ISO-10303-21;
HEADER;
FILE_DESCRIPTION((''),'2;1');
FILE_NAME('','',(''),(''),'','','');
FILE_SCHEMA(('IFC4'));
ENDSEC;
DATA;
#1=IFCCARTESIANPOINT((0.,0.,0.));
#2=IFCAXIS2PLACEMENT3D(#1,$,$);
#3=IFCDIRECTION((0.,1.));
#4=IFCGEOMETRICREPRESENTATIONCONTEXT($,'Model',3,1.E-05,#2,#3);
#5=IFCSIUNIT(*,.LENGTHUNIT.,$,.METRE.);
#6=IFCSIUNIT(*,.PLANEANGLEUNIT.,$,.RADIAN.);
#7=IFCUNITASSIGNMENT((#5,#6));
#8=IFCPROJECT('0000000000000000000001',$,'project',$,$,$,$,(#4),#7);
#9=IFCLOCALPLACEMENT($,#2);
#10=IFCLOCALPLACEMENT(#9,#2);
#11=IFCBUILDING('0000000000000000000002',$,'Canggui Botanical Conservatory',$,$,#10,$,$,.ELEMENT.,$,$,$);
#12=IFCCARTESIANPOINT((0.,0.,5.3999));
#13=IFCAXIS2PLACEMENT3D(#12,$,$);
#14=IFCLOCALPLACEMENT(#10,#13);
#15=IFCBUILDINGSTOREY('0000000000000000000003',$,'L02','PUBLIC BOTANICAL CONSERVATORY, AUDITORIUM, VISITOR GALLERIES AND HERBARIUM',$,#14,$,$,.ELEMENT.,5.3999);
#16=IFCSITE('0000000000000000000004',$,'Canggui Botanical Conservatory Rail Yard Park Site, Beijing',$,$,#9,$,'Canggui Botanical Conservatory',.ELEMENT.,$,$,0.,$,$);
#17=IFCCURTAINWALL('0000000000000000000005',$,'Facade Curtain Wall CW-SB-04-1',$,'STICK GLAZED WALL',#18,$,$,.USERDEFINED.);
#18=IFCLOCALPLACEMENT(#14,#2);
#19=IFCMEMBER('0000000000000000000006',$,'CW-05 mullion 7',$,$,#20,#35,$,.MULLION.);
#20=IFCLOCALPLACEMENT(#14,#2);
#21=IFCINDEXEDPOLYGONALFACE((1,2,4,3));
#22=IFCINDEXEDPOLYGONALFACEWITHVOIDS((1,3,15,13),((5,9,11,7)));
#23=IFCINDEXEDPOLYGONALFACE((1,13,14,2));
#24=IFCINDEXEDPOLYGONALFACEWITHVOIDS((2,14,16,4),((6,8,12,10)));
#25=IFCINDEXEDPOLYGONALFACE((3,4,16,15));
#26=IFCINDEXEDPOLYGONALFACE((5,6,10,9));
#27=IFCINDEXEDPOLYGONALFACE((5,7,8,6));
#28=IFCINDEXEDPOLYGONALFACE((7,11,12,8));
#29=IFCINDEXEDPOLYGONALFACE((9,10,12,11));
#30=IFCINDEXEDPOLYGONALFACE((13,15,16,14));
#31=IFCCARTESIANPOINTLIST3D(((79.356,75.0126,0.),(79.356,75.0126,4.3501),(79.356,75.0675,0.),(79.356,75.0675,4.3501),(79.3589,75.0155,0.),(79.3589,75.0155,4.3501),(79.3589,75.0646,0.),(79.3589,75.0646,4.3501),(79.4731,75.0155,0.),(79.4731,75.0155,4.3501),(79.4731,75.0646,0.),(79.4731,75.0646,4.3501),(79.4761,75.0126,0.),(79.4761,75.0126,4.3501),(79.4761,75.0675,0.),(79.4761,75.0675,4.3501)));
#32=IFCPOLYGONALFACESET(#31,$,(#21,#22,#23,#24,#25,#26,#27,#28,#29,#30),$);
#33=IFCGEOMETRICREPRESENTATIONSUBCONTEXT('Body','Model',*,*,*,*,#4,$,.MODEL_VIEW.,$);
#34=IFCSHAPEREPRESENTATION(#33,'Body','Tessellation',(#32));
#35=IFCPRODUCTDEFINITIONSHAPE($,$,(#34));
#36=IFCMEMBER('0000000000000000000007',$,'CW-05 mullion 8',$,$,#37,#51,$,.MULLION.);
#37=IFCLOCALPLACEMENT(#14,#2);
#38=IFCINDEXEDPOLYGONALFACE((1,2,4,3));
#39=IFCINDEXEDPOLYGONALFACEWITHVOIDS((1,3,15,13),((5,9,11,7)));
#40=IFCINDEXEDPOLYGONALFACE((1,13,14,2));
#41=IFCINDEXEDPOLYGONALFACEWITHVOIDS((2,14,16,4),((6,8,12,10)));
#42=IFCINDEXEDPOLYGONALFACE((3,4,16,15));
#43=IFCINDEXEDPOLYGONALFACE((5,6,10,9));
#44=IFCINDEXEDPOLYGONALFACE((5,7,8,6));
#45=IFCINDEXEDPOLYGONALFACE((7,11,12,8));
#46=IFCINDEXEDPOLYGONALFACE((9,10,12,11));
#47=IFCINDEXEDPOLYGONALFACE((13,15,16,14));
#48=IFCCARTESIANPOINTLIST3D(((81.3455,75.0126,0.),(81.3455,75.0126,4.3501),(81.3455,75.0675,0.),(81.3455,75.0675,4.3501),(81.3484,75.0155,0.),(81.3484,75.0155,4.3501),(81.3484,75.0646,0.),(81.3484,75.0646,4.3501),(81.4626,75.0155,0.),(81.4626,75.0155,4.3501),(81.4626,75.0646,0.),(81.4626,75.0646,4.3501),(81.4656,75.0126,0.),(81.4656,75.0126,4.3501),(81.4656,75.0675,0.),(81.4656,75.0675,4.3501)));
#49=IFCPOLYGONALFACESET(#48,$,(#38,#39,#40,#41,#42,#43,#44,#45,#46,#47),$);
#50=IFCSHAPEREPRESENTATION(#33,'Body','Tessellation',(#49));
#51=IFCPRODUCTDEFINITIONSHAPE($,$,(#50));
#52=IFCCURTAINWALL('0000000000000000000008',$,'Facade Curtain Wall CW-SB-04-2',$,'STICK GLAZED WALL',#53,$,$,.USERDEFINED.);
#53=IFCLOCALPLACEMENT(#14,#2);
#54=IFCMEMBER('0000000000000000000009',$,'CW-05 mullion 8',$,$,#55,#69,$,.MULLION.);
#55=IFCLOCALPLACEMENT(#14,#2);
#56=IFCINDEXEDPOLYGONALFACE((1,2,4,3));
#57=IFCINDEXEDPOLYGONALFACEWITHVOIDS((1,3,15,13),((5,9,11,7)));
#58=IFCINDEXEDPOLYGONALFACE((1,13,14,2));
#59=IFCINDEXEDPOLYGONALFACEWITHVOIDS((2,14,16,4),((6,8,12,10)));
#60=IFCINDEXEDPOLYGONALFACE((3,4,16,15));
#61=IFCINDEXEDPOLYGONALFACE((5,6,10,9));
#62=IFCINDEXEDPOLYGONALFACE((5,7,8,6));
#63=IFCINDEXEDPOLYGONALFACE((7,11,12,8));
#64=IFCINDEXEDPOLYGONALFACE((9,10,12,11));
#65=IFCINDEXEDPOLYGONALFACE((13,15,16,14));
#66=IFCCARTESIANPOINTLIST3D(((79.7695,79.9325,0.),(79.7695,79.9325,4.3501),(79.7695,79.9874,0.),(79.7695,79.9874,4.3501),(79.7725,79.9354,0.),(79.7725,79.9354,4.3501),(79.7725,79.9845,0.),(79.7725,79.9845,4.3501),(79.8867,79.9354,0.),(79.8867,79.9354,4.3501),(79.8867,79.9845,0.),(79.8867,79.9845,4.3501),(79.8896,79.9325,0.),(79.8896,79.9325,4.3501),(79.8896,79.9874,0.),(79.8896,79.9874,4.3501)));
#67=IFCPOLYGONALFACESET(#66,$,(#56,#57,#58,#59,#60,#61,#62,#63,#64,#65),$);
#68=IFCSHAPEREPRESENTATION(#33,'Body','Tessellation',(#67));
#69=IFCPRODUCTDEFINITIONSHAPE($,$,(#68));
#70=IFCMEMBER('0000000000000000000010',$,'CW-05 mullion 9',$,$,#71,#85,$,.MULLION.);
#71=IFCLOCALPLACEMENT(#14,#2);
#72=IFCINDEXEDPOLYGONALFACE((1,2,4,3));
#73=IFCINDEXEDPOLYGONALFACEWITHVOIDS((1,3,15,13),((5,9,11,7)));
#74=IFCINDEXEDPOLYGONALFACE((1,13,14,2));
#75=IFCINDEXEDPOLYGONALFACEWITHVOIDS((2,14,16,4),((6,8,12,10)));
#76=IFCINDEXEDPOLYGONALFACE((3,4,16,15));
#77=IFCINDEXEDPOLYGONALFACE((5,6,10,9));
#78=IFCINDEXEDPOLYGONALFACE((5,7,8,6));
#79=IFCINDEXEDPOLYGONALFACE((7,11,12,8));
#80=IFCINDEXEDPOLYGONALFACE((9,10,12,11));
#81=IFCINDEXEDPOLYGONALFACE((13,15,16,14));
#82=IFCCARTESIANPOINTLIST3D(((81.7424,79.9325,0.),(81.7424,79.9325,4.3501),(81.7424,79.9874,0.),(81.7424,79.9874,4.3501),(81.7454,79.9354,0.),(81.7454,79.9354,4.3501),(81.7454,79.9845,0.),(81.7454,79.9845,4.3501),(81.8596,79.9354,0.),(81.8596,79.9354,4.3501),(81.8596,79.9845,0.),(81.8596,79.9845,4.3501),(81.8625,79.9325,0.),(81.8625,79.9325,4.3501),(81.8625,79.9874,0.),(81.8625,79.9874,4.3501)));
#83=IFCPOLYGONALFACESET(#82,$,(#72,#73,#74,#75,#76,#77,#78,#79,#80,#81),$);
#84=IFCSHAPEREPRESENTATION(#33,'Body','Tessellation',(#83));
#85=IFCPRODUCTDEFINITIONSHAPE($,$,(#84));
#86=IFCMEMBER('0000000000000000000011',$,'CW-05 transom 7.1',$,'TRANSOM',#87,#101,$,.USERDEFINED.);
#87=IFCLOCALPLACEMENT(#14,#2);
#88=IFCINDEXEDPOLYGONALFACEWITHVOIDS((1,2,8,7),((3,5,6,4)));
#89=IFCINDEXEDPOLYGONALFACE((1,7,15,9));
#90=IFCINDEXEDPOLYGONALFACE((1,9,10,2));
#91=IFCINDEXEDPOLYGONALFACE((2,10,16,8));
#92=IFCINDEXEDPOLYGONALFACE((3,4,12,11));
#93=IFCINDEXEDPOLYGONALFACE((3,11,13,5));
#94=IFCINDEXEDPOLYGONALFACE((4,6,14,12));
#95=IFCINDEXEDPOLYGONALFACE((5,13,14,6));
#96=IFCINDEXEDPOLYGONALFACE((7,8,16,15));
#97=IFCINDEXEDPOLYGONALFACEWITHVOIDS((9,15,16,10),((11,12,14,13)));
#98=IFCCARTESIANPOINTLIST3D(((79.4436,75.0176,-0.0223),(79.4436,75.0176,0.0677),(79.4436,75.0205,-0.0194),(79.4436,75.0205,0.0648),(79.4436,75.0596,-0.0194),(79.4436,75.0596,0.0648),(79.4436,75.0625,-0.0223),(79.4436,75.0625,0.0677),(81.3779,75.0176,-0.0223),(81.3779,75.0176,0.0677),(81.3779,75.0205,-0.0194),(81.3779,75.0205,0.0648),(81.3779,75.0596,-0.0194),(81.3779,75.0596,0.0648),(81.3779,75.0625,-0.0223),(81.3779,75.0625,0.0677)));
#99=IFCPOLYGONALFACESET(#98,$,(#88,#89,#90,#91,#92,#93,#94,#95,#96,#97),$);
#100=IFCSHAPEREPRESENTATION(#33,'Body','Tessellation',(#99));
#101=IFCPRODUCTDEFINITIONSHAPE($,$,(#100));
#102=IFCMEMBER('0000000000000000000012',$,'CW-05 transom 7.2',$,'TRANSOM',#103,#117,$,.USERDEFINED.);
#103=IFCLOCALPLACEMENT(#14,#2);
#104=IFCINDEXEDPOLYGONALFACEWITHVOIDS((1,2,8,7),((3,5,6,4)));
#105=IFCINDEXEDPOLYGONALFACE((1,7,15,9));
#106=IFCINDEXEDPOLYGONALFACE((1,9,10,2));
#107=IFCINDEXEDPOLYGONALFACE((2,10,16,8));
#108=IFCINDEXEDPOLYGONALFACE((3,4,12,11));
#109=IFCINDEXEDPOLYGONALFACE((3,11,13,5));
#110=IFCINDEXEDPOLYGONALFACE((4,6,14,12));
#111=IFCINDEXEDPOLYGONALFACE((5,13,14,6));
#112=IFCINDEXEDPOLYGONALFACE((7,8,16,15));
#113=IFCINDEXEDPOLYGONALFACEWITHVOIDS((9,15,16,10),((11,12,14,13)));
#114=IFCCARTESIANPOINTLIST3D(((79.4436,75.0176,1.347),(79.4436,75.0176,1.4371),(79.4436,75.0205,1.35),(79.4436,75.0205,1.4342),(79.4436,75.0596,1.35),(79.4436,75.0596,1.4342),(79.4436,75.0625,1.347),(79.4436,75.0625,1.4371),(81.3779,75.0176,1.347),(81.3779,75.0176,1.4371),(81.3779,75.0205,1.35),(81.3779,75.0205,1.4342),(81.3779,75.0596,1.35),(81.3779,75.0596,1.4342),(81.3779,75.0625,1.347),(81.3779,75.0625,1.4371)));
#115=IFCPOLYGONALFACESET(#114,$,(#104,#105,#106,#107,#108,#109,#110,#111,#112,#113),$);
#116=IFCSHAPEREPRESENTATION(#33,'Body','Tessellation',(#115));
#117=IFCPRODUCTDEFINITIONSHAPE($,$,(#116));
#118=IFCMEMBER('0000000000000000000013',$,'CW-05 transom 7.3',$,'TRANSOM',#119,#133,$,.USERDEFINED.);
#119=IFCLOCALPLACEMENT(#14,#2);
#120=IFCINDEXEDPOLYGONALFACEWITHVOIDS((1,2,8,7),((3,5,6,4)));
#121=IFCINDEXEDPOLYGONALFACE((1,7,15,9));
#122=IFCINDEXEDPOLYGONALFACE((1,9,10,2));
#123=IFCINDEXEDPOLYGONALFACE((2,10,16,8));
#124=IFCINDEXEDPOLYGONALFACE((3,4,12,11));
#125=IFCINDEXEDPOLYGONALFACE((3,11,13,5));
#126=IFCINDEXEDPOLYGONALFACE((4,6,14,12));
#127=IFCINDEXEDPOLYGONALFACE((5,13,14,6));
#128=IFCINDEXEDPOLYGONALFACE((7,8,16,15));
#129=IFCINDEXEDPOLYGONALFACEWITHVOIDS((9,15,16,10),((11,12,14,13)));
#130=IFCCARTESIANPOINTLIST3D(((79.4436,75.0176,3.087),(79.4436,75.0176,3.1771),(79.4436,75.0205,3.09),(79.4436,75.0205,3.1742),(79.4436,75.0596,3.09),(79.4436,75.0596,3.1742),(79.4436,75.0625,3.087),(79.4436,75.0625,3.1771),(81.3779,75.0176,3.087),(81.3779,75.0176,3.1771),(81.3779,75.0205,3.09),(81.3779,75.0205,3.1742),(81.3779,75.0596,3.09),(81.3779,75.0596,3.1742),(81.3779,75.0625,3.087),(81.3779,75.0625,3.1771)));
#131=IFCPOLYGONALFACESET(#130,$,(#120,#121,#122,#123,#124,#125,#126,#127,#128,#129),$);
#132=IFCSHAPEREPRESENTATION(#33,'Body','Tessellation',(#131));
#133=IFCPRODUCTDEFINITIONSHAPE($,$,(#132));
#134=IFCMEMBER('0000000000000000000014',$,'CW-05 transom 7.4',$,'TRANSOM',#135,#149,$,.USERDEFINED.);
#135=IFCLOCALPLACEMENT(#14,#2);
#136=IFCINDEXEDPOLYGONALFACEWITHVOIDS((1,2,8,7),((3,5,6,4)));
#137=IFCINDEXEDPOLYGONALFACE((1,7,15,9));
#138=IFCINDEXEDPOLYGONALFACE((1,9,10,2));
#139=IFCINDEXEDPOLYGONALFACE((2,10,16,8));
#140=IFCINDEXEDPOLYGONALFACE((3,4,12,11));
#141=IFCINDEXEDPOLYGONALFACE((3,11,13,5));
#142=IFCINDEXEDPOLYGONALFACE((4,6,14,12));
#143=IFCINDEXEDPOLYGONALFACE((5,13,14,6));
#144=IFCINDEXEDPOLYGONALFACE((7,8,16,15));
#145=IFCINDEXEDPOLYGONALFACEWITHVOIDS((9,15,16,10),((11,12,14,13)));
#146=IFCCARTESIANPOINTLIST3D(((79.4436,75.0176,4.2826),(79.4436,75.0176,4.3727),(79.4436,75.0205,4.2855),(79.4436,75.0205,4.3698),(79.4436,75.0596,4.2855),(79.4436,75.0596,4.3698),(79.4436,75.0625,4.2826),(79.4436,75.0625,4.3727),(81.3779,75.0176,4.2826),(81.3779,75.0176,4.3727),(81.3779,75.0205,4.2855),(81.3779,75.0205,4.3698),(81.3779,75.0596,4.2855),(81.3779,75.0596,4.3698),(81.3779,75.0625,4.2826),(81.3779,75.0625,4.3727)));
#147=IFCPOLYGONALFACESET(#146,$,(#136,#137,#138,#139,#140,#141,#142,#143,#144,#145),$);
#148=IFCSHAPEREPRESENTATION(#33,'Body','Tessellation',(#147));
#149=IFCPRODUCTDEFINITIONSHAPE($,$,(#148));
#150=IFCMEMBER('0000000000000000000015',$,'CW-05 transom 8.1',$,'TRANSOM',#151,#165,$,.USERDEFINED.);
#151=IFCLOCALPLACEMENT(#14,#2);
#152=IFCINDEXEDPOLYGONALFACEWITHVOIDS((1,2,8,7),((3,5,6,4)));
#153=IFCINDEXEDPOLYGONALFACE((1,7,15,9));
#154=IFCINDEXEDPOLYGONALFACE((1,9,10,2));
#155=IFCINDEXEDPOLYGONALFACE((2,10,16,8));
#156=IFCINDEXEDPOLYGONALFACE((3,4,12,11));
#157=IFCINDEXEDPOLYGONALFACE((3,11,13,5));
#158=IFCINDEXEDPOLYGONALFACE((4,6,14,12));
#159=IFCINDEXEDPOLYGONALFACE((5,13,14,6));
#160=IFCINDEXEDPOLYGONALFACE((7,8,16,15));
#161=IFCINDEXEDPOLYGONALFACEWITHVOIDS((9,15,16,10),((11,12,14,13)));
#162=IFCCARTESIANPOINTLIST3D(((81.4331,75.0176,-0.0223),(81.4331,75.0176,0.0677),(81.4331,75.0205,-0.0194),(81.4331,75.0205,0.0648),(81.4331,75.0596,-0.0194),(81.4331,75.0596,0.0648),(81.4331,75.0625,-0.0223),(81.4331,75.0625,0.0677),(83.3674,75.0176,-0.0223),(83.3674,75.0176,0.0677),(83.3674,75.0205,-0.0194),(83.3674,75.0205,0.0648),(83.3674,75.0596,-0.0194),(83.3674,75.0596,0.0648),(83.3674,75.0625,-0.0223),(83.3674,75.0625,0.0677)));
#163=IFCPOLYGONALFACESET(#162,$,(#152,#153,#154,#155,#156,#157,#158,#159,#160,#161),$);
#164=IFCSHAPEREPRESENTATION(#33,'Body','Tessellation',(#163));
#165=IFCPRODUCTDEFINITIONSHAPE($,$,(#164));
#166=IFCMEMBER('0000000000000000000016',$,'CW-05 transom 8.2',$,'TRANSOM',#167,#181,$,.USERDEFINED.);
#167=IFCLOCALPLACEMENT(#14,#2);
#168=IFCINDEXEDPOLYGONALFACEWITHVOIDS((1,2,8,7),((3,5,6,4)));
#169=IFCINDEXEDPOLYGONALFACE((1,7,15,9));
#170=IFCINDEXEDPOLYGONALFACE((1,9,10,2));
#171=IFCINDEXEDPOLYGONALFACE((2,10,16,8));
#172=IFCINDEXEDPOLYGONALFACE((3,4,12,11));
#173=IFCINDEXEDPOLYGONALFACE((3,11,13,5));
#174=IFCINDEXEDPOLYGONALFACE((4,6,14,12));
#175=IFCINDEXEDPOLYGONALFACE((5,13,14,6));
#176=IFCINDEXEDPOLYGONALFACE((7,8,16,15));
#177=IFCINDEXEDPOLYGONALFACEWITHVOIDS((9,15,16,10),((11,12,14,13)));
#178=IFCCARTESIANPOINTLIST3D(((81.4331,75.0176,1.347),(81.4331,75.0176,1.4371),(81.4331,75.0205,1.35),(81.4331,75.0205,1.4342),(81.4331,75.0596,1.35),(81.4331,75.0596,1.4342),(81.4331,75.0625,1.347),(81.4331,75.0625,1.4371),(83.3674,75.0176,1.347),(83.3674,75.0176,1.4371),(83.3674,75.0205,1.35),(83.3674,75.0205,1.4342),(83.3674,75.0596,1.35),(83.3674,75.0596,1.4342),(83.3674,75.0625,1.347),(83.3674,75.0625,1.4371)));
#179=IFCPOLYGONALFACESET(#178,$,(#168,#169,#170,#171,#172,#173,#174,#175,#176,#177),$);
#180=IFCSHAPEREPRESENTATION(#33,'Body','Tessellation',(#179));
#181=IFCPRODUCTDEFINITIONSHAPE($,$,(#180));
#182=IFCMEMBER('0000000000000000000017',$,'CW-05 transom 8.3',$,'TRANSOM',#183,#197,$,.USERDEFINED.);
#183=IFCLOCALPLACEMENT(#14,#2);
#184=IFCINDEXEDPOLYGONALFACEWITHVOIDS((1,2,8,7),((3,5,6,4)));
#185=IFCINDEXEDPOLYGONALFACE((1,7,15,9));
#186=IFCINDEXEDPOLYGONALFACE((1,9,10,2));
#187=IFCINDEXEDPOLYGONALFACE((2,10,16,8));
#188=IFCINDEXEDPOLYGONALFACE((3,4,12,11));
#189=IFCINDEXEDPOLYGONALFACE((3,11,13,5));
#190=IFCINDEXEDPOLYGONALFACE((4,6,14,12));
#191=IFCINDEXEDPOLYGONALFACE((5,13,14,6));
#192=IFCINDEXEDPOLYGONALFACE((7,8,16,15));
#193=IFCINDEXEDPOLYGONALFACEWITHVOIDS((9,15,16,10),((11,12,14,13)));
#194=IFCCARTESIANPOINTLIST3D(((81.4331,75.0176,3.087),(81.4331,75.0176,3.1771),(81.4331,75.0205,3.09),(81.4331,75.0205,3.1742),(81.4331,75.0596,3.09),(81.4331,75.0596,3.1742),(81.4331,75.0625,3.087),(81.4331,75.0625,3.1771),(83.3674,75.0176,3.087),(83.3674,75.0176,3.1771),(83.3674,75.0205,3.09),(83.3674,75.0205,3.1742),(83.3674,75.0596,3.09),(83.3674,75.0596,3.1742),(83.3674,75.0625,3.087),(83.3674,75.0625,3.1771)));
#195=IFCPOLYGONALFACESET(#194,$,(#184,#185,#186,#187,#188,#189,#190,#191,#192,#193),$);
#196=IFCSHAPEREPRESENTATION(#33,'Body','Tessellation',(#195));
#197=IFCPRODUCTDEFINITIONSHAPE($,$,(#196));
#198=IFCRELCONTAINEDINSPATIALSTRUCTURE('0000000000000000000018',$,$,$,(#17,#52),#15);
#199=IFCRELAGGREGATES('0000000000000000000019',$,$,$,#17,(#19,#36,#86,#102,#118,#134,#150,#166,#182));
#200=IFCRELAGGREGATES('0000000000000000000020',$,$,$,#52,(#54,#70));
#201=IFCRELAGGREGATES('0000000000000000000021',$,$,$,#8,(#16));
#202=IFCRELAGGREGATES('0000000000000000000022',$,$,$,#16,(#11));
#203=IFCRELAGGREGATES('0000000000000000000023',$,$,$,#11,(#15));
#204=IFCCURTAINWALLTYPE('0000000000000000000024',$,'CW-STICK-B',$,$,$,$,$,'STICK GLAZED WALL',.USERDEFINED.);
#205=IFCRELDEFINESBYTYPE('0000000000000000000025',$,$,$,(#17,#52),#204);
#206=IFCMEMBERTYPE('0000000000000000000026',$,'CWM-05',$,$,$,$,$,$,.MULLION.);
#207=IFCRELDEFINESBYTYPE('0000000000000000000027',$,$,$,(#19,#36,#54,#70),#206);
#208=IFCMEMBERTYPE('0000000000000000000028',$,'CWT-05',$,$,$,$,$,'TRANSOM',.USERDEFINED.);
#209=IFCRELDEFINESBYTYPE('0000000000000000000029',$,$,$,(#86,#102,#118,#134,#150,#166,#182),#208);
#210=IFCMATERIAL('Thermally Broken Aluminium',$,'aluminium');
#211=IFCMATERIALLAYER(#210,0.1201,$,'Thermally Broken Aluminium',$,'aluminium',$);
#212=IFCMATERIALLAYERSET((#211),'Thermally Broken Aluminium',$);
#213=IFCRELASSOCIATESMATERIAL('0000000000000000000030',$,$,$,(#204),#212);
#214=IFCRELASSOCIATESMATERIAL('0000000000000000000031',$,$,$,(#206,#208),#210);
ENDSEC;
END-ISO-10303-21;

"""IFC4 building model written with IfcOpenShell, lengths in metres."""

from ifc_helpers import new_model, si_unit, direction, frame, origin, origin_2d, place, context, subcontext, project, spatial, hollow_rectangle, extrude, material, layer, layer_set, material_profile, profile_set, type_object, element, aggregate, save


model = new_model("IFC4")

# Units and contexts
model_context = context("Model", 3, precision=1e-05, world=origin(), true_north=direction((0.0, 1.0)))
body_context = subcontext(model_context, "Body", "Model", "MODEL_VIEW")
ifc_project = project(units=[si_unit("LENGTHUNIT", "METRE"), si_unit("PLANEANGLEUNIT", "RADIAN")], contexts=[model_context])

# Site, building, storey
site_placement = place(None, origin())
site = spatial("IfcSite", under=ifc_project, at=site_placement, Name="Canggui Botanical Conservatory Rail Yard Park Site, Beijing", LongName="Canggui Botanical Conservatory", CompositionType="ELEMENT", RefElevation=0.0)
building_placement = place(site_placement, origin())
building = spatial("IfcBuilding", under=site, at=building_placement, Name="Canggui Botanical Conservatory", CompositionType="ELEMENT")
storey_placement = place(building_placement, frame((0.0, 0.0, 5.3999)))
storey = spatial("IfcBuildingStorey", under=building, at=storey_placement, Name="L02", Description="PUBLIC BOTANICAL CONSERVATORY, AUDITORIUM, VISITOR GALLERIES AND HERBARIUM", CompositionType="ELEMENT", Elevation=5.3999)

# Curtain walls, members
ifc_material_1 = material(Name="Thermally Broken Aluminium", Category="aluminium")
ifc_layer_1 = layer(ifc_material_1, 0.1201, Name="Thermally Broken Aluminium", Category="aluminium")
ifc_layer_set_1 = layer_set([ifc_layer_1], Name="Thermally Broken Aluminium")
curtain_wall_type = type_object("IfcCurtainWallType", Name="CW-STICK-B", ElementType="STICK GLAZED WALL", PredefinedType="USERDEFINED", material=ifc_layer_set_1)
curtain_wall_1_placement = place(storey_placement, origin())
curtain_wall_1 = element("IfcCurtainWall", 1, at=curtain_wall_1_placement, inside=storey, type_object=curtain_wall_type, Name="Facade Curtain Wall CW-SB-04-1", ObjectType="STICK GLAZED WALL", PredefinedType="USERDEFINED")
ifc_material_profile_1 = material_profile(ifc_material_1, hollow_rectangle(XDim=0.0549, YDim=0.1201, WallThickness=0.0029, at=origin_2d()), Name="CWM 55x120x3")
ifc_profile_set_1 = profile_set([ifc_material_profile_1], Name="Thermally Broken Aluminium")
member_type_1 = type_object("IfcMemberType", Name="CWM-05", PredefinedType="MULLION", material=ifc_profile_set_1)
member_1_placement = place(storey_placement, frame((79.416, 75.04, 0.0), z_axis=(0.0, 0.0, 1.0), x_axis=(0.0, 1.0, 0.0)))
member_1 = element("IfcMember", 2, at=member_1_placement, type_object=member_type_1, Name="CW-05 mullion 7", PredefinedType="MULLION", context=body_context, shape_type="SweptSolid", body=[
    extrude(hollow_rectangle(XDim=0.0549, YDim=0.1201, WallThickness=0.0029, at=origin_2d()), origin(), (0.0, 0.0, 1.0), 4.3501),
])
member_2_placement = place(storey_placement, frame((81.4055, 75.04, 0.0), z_axis=(0.0, 0.0, 1.0), x_axis=(0.0, 1.0, 0.0)))
member_2 = element("IfcMember", 3, at=member_2_placement, type_object=member_type_1, Name="CW-05 mullion 8", PredefinedType="MULLION", context=body_context, shape_type="SweptSolid", body=[
    extrude(hollow_rectangle(XDim=0.0549, YDim=0.1201, WallThickness=0.0029, at=origin_2d()), origin(), (0.0, 0.0, 1.0), 4.3501),
])
curtain_wall_2_placement = place(storey_placement, origin())
curtain_wall_2 = element("IfcCurtainWall", 4, at=curtain_wall_2_placement, inside=storey, type_object=curtain_wall_type, Name="Facade Curtain Wall CW-SB-04-2", ObjectType="STICK GLAZED WALL", PredefinedType="USERDEFINED")
member_3_placement = place(storey_placement, frame((79.8296, 79.96, 0.0), z_axis=(0.0, 0.0, 1.0), x_axis=(0.0, 1.0, 0.0)))
member_3 = element("IfcMember", 5, at=member_3_placement, type_object=member_type_1, Name="CW-05 mullion 8", PredefinedType="MULLION", context=body_context, shape_type="SweptSolid", body=[
    extrude(hollow_rectangle(XDim=0.0549, YDim=0.1201, WallThickness=0.0029, at=origin_2d()), origin(), (0.0, 0.0, 1.0), 4.3501),
])
member_4_placement = place(storey_placement, frame((81.8025, 79.96, 0.0), z_axis=(0.0, 0.0, 1.0), x_axis=(0.0, 1.0, 0.0)))
member_4 = element("IfcMember", 6, at=member_4_placement, type_object=member_type_1, Name="CW-05 mullion 9", PredefinedType="MULLION", context=body_context, shape_type="SweptSolid", body=[
    extrude(hollow_rectangle(XDim=0.0549, YDim=0.1201, WallThickness=0.0029, at=origin_2d()), origin(), (0.0, 0.0, 1.0), 4.3501),
])

# Members
ifc_material_profile_2 = material_profile(ifc_material_1, hollow_rectangle(XDim=0.0449, YDim=0.0901, WallThickness=0.0029, at=origin_2d()), Name="CWT 45x90x3")
ifc_profile_set_2 = profile_set([ifc_material_profile_2], Name="Thermally Broken Aluminium")
member_type_2 = type_object("IfcMemberType", Name="CWT-05", ElementType="TRANSOM", PredefinedType="USERDEFINED", material=ifc_profile_set_2)
member_5_placement = place(storey_placement, frame((79.4436, 75.04, 0.0227), z_axis=(1.0, 0.0, 0.0), x_axis=(0.0, 1.0, 0.0)))
member_5 = element("IfcMember", 7, at=member_5_placement, type_object=member_type_2, Name="CW-05 transom 7.1", ObjectType="TRANSOM", PredefinedType="USERDEFINED", context=body_context, shape_type="SweptSolid", body=[
    extrude(hollow_rectangle(XDim=0.0449, YDim=0.0901, WallThickness=0.0029, at=origin_2d()), origin(), (0.0, 0.0, 1.0), 1.9343),
])
member_6_placement = place(storey_placement, frame((79.4436, 75.04, 1.3921), z_axis=(1.0, 0.0, 0.0), x_axis=(0.0, 1.0, 0.0)))
member_6 = element("IfcMember", 8, at=member_6_placement, type_object=member_type_2, Name="CW-05 transom 7.2", ObjectType="TRANSOM", PredefinedType="USERDEFINED", context=body_context, shape_type="SweptSolid", body=[
    extrude(hollow_rectangle(XDim=0.0449, YDim=0.0901, WallThickness=0.0029, at=origin_2d()), origin(), (0.0, 0.0, 1.0), 1.9343),
])
member_7_placement = place(storey_placement, frame((79.4436, 75.04, 3.1321), z_axis=(1.0, 0.0, 0.0), x_axis=(0.0, 1.0, 0.0)))
member_7 = element("IfcMember", 9, at=member_7_placement, type_object=member_type_2, Name="CW-05 transom 7.3", ObjectType="TRANSOM", PredefinedType="USERDEFINED", context=body_context, shape_type="SweptSolid", body=[
    extrude(hollow_rectangle(XDim=0.0449, YDim=0.0901, WallThickness=0.0029, at=origin_2d()), origin(), (0.0, 0.0, 1.0), 1.9343),
])
member_8_placement = place(storey_placement, frame((79.4436, 75.04, 4.3276), z_axis=(1.0, 0.0, 0.0), x_axis=(0.0, 1.0, 0.0)))
member_8 = element("IfcMember", 10, at=member_8_placement, type_object=member_type_2, Name="CW-05 transom 7.4", ObjectType="TRANSOM", PredefinedType="USERDEFINED", context=body_context, shape_type="SweptSolid", body=[
    extrude(hollow_rectangle(XDim=0.0449, YDim=0.0901, WallThickness=0.0029, at=origin_2d()), origin(), (0.0, 0.0, 1.0), 1.9343),
])
member_9_placement = place(storey_placement, frame((81.4331, 75.04, 0.0227), z_axis=(1.0, 0.0, 0.0), x_axis=(0.0, 1.0, 0.0)))
member_9 = element("IfcMember", 11, at=member_9_placement, type_object=member_type_2, Name="CW-05 transom 8.1", ObjectType="TRANSOM", PredefinedType="USERDEFINED", context=body_context, shape_type="SweptSolid", body=[
    extrude(hollow_rectangle(XDim=0.0449, YDim=0.0901, WallThickness=0.0029, at=origin_2d()), origin(), (0.0, 0.0, 1.0), 1.9343),
])
member_10_placement = place(storey_placement, frame((81.4331, 75.04, 1.3921), z_axis=(1.0, 0.0, 0.0), x_axis=(0.0, 1.0, 0.0)))
member_10 = element("IfcMember", 12, at=member_10_placement, type_object=member_type_2, Name="CW-05 transom 8.2", ObjectType="TRANSOM", PredefinedType="USERDEFINED", context=body_context, shape_type="SweptSolid", body=[
    extrude(hollow_rectangle(XDim=0.0449, YDim=0.0901, WallThickness=0.0029, at=origin_2d()), origin(), (0.0, 0.0, 1.0), 1.9343),
])
member_11_placement = place(storey_placement, frame((81.4331, 75.04, 3.1321), z_axis=(1.0, 0.0, 0.0), x_axis=(0.0, 1.0, 0.0)))
member_11 = element("IfcMember", 13, at=member_11_placement, type_object=member_type_2, Name="CW-05 transom 8.3", ObjectType="TRANSOM", PredefinedType="USERDEFINED", context=body_context, shape_type="SweptSolid", body=[
    extrude(hollow_rectangle(XDim=0.0449, YDim=0.0901, WallThickness=0.0029, at=origin_2d()), origin(), (0.0, 0.0, 1.0), 1.9343),
])

aggregate(curtain_wall_1, [member_1, member_2, member_5, member_6, member_7, member_8, member_9, member_10, member_11])
aggregate(curtain_wall_2, [member_3, member_4])

save(model, "model.ifc")
